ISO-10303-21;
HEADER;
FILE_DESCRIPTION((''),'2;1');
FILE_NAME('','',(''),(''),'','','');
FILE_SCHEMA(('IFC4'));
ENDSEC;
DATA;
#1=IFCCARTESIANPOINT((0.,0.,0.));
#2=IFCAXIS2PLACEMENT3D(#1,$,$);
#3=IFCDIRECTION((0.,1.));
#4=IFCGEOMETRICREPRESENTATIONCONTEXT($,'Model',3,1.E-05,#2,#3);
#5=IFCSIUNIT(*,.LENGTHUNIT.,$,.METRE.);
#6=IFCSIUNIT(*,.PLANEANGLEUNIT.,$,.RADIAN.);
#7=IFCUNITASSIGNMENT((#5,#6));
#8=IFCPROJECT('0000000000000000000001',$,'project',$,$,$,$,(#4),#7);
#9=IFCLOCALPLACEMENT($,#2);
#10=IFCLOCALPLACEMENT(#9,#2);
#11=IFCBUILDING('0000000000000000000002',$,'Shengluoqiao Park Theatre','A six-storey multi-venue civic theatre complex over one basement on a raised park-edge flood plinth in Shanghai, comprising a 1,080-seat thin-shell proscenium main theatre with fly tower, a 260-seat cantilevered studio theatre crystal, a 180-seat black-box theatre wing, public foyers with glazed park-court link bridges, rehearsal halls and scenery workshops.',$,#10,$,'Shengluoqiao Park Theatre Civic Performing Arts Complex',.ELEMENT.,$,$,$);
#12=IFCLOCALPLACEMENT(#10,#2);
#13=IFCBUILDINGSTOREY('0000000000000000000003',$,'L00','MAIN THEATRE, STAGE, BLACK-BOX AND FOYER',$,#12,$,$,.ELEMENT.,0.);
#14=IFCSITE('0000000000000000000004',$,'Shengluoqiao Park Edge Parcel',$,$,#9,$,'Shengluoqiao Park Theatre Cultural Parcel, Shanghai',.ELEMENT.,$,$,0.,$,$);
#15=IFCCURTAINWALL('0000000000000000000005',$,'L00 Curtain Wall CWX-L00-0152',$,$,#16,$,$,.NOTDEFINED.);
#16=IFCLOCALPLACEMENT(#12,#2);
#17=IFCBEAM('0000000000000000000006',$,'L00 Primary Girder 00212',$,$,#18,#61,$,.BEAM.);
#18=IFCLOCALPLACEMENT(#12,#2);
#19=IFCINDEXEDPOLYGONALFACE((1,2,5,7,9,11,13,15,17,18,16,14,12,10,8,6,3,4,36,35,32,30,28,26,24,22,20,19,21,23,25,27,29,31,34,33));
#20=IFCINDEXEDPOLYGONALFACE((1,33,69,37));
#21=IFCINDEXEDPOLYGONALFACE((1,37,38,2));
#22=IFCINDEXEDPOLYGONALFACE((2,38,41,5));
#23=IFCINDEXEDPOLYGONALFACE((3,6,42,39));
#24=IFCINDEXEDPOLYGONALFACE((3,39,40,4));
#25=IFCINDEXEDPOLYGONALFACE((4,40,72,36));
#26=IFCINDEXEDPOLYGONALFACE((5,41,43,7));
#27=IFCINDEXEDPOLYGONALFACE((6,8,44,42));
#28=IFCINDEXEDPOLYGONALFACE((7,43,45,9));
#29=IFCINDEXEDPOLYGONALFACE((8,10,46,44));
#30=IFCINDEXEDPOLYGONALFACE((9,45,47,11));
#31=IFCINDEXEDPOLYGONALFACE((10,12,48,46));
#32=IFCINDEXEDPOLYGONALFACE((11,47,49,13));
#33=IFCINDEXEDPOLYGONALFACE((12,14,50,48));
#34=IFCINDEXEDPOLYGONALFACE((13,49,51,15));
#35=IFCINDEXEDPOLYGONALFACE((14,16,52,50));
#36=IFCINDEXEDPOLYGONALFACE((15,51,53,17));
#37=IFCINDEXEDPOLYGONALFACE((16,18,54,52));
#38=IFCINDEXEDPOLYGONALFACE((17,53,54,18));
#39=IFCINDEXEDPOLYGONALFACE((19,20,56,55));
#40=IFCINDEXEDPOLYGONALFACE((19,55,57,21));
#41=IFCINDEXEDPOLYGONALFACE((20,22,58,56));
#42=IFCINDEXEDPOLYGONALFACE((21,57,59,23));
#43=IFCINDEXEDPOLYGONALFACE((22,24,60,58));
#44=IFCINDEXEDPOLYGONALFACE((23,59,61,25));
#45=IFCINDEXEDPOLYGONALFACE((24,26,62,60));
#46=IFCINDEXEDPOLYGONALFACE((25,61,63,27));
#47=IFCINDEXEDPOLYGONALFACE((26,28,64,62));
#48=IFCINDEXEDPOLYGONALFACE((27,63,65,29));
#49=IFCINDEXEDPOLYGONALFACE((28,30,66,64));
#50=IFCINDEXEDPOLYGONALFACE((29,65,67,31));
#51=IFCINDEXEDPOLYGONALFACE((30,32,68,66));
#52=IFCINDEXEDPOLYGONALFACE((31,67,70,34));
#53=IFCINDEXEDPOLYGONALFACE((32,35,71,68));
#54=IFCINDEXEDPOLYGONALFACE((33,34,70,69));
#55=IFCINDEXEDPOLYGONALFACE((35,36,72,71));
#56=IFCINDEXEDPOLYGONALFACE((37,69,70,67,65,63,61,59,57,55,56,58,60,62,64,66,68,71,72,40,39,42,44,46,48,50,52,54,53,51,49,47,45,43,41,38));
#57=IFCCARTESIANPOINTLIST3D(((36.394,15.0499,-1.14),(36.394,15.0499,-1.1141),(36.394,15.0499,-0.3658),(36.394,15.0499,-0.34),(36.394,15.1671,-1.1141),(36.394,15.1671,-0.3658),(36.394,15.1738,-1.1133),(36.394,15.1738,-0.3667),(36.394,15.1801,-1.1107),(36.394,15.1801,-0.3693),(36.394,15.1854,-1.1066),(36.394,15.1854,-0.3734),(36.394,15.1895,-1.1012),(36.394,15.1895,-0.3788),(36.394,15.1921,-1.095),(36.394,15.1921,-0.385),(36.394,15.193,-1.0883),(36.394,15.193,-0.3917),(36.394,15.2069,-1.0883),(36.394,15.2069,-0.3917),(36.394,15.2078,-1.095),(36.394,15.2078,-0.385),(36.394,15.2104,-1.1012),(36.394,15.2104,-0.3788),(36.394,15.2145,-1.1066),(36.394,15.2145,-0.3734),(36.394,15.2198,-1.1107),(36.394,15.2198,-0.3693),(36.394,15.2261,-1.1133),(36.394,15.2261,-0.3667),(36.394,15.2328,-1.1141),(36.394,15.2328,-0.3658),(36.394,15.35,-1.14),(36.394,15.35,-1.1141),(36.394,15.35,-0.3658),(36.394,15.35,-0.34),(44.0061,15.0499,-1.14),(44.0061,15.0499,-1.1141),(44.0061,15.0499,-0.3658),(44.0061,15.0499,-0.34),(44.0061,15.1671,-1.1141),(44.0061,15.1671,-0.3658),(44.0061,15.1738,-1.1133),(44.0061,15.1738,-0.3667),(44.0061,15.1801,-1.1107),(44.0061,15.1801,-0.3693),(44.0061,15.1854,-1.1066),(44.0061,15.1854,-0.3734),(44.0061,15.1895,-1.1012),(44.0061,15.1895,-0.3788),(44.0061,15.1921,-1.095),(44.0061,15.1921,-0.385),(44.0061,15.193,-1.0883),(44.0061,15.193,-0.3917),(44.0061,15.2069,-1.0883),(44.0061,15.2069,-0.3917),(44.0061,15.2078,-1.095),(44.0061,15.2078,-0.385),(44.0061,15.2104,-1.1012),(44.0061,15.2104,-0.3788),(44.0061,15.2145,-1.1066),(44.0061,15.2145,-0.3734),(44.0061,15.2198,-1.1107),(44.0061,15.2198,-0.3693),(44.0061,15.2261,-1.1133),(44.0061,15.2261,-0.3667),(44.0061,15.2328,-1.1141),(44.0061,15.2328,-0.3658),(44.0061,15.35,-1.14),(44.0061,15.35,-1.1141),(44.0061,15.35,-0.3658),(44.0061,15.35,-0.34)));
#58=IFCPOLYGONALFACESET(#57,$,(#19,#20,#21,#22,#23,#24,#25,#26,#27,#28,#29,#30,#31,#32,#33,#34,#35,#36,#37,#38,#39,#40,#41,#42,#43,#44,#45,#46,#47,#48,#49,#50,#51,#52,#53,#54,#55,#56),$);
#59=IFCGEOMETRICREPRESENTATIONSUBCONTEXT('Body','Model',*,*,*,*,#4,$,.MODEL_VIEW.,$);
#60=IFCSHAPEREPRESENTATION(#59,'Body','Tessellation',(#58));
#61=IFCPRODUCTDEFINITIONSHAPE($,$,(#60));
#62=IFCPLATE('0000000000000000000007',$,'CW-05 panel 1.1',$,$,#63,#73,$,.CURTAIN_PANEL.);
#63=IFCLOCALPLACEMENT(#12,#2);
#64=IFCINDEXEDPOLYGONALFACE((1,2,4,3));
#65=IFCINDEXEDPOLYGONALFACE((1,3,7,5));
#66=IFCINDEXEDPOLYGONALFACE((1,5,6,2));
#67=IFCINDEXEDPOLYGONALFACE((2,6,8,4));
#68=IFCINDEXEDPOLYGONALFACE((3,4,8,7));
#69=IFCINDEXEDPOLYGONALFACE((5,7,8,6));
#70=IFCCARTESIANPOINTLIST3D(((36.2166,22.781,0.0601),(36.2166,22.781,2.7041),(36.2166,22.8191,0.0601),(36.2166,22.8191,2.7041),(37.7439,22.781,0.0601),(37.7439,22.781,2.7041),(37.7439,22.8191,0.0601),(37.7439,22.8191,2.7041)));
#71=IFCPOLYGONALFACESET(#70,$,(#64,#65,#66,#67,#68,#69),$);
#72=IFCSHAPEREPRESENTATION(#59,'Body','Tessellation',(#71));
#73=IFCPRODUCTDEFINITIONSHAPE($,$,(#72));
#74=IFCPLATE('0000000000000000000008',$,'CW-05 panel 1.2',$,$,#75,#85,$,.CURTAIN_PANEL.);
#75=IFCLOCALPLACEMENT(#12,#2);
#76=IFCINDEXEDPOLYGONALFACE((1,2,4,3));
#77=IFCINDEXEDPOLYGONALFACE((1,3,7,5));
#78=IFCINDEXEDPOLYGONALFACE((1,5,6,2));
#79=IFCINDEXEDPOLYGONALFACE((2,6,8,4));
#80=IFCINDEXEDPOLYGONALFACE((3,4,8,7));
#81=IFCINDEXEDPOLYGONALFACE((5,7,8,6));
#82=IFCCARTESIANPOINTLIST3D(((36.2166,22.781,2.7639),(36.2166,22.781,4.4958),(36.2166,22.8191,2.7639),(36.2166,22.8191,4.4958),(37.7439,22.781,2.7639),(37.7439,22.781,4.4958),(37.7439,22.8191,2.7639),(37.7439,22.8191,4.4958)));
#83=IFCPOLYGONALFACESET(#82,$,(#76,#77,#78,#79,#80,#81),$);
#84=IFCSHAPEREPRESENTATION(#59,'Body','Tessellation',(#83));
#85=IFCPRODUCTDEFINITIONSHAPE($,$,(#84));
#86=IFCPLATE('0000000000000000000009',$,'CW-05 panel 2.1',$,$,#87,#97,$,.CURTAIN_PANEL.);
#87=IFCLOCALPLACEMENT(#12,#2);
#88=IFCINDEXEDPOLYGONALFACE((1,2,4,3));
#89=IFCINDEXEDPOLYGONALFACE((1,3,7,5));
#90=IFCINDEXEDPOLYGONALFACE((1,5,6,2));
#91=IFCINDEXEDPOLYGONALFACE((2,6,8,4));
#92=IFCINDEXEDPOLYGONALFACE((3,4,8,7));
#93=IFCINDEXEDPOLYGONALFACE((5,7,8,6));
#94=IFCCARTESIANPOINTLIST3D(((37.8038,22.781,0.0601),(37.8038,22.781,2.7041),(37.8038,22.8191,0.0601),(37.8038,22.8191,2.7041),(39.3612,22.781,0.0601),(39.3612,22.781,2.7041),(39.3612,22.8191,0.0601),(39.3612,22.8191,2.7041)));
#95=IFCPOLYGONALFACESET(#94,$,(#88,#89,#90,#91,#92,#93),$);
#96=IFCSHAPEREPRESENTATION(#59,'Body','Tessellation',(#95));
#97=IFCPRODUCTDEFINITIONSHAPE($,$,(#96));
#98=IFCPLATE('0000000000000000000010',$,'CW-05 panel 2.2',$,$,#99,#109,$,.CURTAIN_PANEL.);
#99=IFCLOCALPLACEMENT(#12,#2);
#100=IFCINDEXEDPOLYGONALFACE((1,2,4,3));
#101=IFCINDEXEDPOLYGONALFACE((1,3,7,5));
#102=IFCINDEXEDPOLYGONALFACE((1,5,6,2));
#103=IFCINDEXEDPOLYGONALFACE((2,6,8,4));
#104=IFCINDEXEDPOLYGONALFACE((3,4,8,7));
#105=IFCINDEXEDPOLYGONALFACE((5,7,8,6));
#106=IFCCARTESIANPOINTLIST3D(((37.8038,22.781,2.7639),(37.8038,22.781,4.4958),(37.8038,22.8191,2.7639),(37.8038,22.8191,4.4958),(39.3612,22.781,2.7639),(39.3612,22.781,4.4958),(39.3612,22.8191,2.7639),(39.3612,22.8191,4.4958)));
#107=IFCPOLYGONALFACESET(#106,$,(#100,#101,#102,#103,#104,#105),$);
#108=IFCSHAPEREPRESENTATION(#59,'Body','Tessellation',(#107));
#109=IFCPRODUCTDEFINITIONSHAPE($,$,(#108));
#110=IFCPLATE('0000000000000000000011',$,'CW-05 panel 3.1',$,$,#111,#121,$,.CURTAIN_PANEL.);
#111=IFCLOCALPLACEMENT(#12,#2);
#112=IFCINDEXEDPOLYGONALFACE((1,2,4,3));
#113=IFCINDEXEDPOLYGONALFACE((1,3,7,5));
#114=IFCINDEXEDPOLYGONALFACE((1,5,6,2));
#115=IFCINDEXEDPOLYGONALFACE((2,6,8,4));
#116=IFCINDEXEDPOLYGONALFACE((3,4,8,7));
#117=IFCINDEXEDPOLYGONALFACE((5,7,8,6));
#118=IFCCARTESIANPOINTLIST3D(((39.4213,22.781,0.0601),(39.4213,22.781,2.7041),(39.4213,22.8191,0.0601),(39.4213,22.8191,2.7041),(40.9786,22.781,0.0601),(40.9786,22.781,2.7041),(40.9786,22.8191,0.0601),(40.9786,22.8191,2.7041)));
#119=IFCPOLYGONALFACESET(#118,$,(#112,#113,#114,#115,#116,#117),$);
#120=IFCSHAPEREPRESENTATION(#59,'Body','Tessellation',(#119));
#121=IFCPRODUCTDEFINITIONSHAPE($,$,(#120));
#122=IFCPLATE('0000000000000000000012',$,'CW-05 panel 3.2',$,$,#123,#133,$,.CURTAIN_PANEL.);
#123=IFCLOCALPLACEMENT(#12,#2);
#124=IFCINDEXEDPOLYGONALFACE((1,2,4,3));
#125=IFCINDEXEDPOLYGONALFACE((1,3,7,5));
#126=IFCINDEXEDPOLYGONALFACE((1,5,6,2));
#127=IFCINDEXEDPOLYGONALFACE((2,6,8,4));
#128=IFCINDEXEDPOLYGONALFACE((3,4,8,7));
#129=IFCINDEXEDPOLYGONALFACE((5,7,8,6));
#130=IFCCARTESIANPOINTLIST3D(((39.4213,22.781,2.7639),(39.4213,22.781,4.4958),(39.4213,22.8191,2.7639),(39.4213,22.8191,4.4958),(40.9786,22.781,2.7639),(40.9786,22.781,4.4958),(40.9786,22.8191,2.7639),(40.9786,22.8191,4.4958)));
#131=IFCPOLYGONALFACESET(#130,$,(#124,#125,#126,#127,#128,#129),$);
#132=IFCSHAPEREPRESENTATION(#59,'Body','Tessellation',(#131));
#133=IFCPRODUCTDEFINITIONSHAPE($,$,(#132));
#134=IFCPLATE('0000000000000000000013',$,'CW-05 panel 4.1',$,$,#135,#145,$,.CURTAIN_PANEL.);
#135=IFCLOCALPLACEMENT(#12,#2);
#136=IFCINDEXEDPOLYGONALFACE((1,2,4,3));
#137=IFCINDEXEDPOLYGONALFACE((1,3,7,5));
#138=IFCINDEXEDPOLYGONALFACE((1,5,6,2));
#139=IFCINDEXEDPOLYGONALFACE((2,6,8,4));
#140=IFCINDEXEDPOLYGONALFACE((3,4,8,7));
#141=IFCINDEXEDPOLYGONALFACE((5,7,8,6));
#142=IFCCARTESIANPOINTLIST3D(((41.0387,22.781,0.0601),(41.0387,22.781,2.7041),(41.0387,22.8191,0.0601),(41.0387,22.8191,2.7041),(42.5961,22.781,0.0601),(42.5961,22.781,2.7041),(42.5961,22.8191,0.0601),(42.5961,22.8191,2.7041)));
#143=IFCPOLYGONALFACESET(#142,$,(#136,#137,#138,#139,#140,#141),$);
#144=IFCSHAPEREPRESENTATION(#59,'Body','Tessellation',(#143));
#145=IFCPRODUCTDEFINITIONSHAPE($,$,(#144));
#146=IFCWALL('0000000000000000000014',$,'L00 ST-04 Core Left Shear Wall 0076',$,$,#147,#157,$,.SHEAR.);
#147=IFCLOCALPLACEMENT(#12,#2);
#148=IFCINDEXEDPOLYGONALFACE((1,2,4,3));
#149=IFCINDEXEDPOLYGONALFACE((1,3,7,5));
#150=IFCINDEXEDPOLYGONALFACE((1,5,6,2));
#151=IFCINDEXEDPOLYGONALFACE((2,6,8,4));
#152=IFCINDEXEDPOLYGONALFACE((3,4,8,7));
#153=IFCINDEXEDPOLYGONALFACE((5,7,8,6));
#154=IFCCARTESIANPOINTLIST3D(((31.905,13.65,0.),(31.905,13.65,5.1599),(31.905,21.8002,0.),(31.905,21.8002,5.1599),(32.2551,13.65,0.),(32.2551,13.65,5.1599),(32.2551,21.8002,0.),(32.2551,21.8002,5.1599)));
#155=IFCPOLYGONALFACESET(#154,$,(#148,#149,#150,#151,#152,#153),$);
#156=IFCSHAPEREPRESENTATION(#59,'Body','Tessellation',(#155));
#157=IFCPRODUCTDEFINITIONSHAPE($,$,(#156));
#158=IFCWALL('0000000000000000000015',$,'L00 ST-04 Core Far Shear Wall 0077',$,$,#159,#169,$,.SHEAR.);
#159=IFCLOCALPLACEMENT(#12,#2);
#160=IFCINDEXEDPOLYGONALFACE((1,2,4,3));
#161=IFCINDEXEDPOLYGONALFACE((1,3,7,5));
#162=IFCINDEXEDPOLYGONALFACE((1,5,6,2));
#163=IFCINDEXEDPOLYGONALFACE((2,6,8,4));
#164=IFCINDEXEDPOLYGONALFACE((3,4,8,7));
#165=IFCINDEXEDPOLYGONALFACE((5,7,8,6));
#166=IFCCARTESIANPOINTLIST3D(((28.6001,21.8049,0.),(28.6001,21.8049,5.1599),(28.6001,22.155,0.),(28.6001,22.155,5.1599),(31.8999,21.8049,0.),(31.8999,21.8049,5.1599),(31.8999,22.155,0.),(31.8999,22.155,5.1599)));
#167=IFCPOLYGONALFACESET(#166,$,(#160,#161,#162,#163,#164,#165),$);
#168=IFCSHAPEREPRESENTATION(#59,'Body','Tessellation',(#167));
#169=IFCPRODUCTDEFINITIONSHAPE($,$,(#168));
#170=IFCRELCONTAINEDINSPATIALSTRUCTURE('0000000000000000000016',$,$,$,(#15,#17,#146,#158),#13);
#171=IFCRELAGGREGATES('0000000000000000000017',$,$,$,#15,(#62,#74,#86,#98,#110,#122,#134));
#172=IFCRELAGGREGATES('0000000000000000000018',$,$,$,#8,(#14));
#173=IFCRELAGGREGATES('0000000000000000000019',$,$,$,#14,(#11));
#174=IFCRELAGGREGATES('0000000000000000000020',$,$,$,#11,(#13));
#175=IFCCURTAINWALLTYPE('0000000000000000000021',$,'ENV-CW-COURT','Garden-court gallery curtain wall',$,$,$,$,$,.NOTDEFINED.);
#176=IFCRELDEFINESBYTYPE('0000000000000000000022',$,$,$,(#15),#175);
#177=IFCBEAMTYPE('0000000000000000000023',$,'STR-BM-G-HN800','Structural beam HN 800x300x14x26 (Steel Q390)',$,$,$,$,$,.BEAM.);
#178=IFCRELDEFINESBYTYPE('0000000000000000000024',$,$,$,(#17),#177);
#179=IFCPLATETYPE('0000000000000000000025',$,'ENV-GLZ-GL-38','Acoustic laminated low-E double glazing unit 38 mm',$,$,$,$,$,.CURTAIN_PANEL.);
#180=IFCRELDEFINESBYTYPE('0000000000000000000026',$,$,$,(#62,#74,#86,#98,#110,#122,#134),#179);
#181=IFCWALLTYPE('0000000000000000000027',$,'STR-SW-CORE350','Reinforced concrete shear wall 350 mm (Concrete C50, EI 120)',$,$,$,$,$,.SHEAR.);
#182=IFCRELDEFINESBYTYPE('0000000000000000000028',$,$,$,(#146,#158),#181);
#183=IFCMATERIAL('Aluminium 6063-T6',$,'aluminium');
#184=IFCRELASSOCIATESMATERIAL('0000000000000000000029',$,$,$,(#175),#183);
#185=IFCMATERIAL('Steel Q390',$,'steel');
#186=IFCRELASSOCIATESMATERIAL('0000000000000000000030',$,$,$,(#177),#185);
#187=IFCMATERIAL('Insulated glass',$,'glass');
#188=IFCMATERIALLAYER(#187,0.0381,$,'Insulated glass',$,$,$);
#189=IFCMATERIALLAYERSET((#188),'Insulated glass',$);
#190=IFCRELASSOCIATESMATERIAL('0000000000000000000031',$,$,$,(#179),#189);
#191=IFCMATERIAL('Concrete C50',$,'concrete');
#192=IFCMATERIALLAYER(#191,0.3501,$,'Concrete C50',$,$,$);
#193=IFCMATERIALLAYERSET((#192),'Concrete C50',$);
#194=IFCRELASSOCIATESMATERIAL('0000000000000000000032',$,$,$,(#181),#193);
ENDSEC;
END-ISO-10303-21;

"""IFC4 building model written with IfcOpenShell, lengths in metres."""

from ifc_helpers import new_model, si_unit, direction, frame, frame_2d, origin, origin_2d, place, context, subcontext, project, spatial, rectangle, i_section, extrude, material, layer, layer_set, material_profile, profile_set, type_object, element, aggregate, save


model = new_model("IFC4")

# Units and contexts
model_context = context("Model", 3, precision=1e-05, world=origin(), true_north=direction((0.0, 1.0)))
body_context = subcontext(model_context, "Body", "Model", "MODEL_VIEW")
ifc_project = project(units=[si_unit("LENGTHUNIT", "METRE"), si_unit("PLANEANGLEUNIT", "RADIAN")], contexts=[model_context])

# Site, building, storey
site_placement = place(None, origin())
site = spatial("IfcSite", under=ifc_project, at=site_placement, Name="Shengluoqiao Park Edge Parcel", LongName="Shengluoqiao Park Theatre Cultural Parcel, Shanghai", CompositionType="ELEMENT", RefElevation=0.0)
building_placement = place(site_placement, origin())
building = spatial("IfcBuilding", under=site, at=building_placement, Name="Shengluoqiao Park Theatre", Description="A six-storey multi-venue civic theatre complex over one basement on a raised park-edge flood plinth in Shanghai, comprising a 1,080-seat thin-shell proscenium main theatre with fly tower, a 260-seat cantilevered studio theatre crystal, a 180-seat black-box theatre wing, public foyers with glazed park-court link bridges, rehearsal halls and scenery workshops.", LongName="Shengluoqiao Park Theatre Civic Performing Arts Complex", CompositionType="ELEMENT")
storey_placement = place(building_placement, origin())
storey = spatial("IfcBuildingStorey", under=building, at=storey_placement, Name="L00", Description="MAIN THEATRE, STAGE, BLACK-BOX AND FOYER", CompositionType="ELEMENT", Elevation=0.0)

# Curtain wall
ifc_material_1 = material(Name="Aluminium 6063-T6", Category="aluminium")
curtain_wall_type = type_object("IfcCurtainWallType", Name="ENV-CW-COURT", Description="Garden-court gallery curtain wall", PredefinedType="NOTDEFINED", material=ifc_material_1)
curtain_wall_1_placement = place(storey_placement, origin())
curtain_wall_1 = element("IfcCurtainWall", 1, at=curtain_wall_1_placement, inside=storey, type_object=curtain_wall_type, Name="L00 Curtain Wall CWX-L00-0152", PredefinedType="NOTDEFINED")

# Beam
ifc_material_2 = material(Name="Steel Q390", Category="steel")
ifc_material_profile_1 = material_profile(ifc_material_2, i_section(OverallWidth=0.3, OverallDepth=0.8, WebThickness=0.0139, FlangeThickness=0.0259, FilletRadius=0.0259, at=origin_2d()), Name="HN 800x300x14x26")
ifc_profile_set_1 = profile_set([ifc_material_profile_1], Name="Steel Q390")
beam_type_1 = type_object("IfcBeamType", Name="STR-BM-G-HN800", Description="Structural beam HN 800x300x14x26 (Steel Q390)", PredefinedType="BEAM", material=ifc_profile_set_1)
beam_1_placement = place(storey_placement, frame((36.394, 15.2, -0.74), z_axis=(1.0, 0.0, 0.0), x_axis=(0.0, 1.0, 0.0)))
element("IfcBeam", 2, at=beam_1_placement, inside=storey, type_object=beam_type_1, Name="L00 Primary Girder 00212", PredefinedType="BEAM", context=body_context, shape_type="SweptSolid", body=[
    extrude(i_section(OverallWidth=0.3, OverallDepth=0.8, WebThickness=0.0139, FlangeThickness=0.0259, FilletRadius=0.0259, at=origin_2d()), origin(), (0.0, 0.0, 1.0), 7.6121),
])

# Plates
ifc_material_3 = material(Name="Insulated glass", Category="glass")
ifc_layer_1 = layer(ifc_material_3, 0.0381, Name="Insulated glass")
ifc_layer_set_1 = layer_set([ifc_layer_1], Name="Insulated glass")
plate_type = type_object("IfcPlateType", Name="ENV-GLZ-GL-38", Description="Acoustic laminated low-E double glazing unit 38 mm", PredefinedType="CURTAIN_PANEL", material=ifc_layer_set_1)
plate_1_placement = place(storey_placement, frame((36.9802, 22.8, 0.0601), z_axis=(0.0, 0.0, 1.0), x_axis=(1.0, 0.0, 0.0)))
plate_1 = element("IfcPlate", 3, at=plate_1_placement, type_object=plate_type, Name="CW-05 panel 1.1", PredefinedType="CURTAIN_PANEL", context=body_context, shape_type="SweptSolid", body=[
    extrude(rectangle(XDim=1.5273, YDim=0.0381, at=origin_2d()), origin(), (0.0, 0.0, 1.0), 2.644),
])
plate_2_placement = place(storey_placement, frame((36.9802, 22.8, 2.7639), z_axis=(0.0, 0.0, 1.0), x_axis=(1.0, 0.0, 0.0)))
plate_2 = element("IfcPlate", 4, at=plate_2_placement, type_object=plate_type, Name="CW-05 panel 1.2", PredefinedType="CURTAIN_PANEL", context=body_context, shape_type="SweptSolid", body=[
    extrude(rectangle(XDim=1.5273, YDim=0.0381, at=origin_2d()), origin(), (0.0, 0.0, 1.0), 1.7319),
])
plate_3_placement = place(storey_placement, frame((38.5825, 22.8, 0.0601), z_axis=(0.0, 0.0, 1.0), x_axis=(1.0, 0.0, 0.0)))
plate_3 = element("IfcPlate", 5, at=plate_3_placement, type_object=plate_type, Name="CW-05 panel 2.1", PredefinedType="CURTAIN_PANEL", context=body_context, shape_type="SweptSolid", body=[
    extrude(rectangle(XDim=1.5574, YDim=0.0381, at=origin_2d()), origin(), (0.0, 0.0, 1.0), 2.644),
])
plate_4_placement = place(storey_placement, frame((38.5825, 22.8, 2.7639), z_axis=(0.0, 0.0, 1.0), x_axis=(1.0, 0.0, 0.0)))
plate_4 = element("IfcPlate", 6, at=plate_4_placement, type_object=plate_type, Name="CW-05 panel 2.2", PredefinedType="CURTAIN_PANEL", context=body_context, shape_type="SweptSolid", body=[
    extrude(rectangle(XDim=1.5574, YDim=0.0381, at=origin_2d()), origin(), (0.0, 0.0, 1.0), 1.7319),
])
plate_5_placement = place(storey_placement, frame((40.2, 22.8, 0.0601), z_axis=(0.0, 0.0, 1.0), x_axis=(1.0, 0.0, 0.0)))
plate_5 = element("IfcPlate", 7, at=plate_5_placement, type_object=plate_type, Name="CW-05 panel 3.1", PredefinedType="CURTAIN_PANEL", context=body_context, shape_type="SweptSolid", body=[
    extrude(rectangle(XDim=1.5574, YDim=0.0381, at=origin_2d()), origin(), (0.0, 0.0, 1.0), 2.644),
])
plate_6_placement = place(storey_placement, frame((40.2, 22.8, 2.7639), z_axis=(0.0, 0.0, 1.0), x_axis=(1.0, 0.0, 0.0)))
plate_6 = element("IfcPlate", 8, at=plate_6_placement, type_object=plate_type, Name="CW-05 panel 3.2", PredefinedType="CURTAIN_PANEL", context=body_context, shape_type="SweptSolid", body=[
    extrude(rectangle(XDim=1.5574, YDim=0.0381, at=origin_2d()), origin(), (0.0, 0.0, 1.0), 1.7319),
])
plate_7_placement = place(storey_placement, frame((41.8174, 22.8, 0.0601), z_axis=(0.0, 0.0, 1.0), x_axis=(1.0, 0.0, 0.0)))
plate_7 = element("IfcPlate", 9, at=plate_7_placement, type_object=plate_type, Name="CW-05 panel 4.1", PredefinedType="CURTAIN_PANEL", context=body_context, shape_type="SweptSolid", body=[
    extrude(rectangle(XDim=1.5574, YDim=0.0381, at=origin_2d()), origin(), (0.0, 0.0, 1.0), 2.644),
])
aggregate(curtain_wall_1, [plate_1, plate_2, plate_3, plate_4, plate_5, plate_6, plate_7])

# Walls
ifc_material_4 = material(Name="Concrete C50", Category="concrete")
ifc_layer_2 = layer(ifc_material_4, 0.3501, Name="Concrete C50")
ifc_layer_set_2 = layer_set([ifc_layer_2], Name="Concrete C50")
wall_type = type_object("IfcWallType", Name="STR-SW-CORE350", Description="Reinforced concrete shear wall 350 mm (Concrete C50, EI 120)", PredefinedType="SHEAR", material=ifc_layer_set_2)
wall_1_placement = place(storey_placement, frame((32.0801, 13.6499, 0.0), z_axis=(0.0, 0.0, 1.0), x_axis=(0.0, 1.0, 0.0)))
element("IfcWall", 10, at=wall_1_placement, inside=storey, type_object=wall_type, Name="L00 ST-04 Core Left Shear Wall 0076", PredefinedType="SHEAR", context=body_context, shape_type="SweptSolid", body=[
    extrude(rectangle(XDim=8.1501, YDim=0.3501, at=frame_2d((4.0752, 0.0))), origin(), (0.0, 0.0, 1.0), 5.1599),
])
wall_2_placement = place(storey_placement, frame((31.8999, 21.98, 0.0), z_axis=(0.0, 0.0, 1.0), x_axis=(-1.0, 0.0, 0.0)))
element("IfcWall", 11, at=wall_2_placement, inside=storey, type_object=wall_type, Name="L00 ST-04 Core Far Shear Wall 0077", PredefinedType="SHEAR", context=body_context, shape_type="SweptSolid", body=[
    extrude(rectangle(XDim=3.2998, YDim=0.3501, at=frame_2d((1.6499, 0.0))), origin(), (0.0, 0.0, 1.0), 5.1599),
])

save(model, "model.ifc")
